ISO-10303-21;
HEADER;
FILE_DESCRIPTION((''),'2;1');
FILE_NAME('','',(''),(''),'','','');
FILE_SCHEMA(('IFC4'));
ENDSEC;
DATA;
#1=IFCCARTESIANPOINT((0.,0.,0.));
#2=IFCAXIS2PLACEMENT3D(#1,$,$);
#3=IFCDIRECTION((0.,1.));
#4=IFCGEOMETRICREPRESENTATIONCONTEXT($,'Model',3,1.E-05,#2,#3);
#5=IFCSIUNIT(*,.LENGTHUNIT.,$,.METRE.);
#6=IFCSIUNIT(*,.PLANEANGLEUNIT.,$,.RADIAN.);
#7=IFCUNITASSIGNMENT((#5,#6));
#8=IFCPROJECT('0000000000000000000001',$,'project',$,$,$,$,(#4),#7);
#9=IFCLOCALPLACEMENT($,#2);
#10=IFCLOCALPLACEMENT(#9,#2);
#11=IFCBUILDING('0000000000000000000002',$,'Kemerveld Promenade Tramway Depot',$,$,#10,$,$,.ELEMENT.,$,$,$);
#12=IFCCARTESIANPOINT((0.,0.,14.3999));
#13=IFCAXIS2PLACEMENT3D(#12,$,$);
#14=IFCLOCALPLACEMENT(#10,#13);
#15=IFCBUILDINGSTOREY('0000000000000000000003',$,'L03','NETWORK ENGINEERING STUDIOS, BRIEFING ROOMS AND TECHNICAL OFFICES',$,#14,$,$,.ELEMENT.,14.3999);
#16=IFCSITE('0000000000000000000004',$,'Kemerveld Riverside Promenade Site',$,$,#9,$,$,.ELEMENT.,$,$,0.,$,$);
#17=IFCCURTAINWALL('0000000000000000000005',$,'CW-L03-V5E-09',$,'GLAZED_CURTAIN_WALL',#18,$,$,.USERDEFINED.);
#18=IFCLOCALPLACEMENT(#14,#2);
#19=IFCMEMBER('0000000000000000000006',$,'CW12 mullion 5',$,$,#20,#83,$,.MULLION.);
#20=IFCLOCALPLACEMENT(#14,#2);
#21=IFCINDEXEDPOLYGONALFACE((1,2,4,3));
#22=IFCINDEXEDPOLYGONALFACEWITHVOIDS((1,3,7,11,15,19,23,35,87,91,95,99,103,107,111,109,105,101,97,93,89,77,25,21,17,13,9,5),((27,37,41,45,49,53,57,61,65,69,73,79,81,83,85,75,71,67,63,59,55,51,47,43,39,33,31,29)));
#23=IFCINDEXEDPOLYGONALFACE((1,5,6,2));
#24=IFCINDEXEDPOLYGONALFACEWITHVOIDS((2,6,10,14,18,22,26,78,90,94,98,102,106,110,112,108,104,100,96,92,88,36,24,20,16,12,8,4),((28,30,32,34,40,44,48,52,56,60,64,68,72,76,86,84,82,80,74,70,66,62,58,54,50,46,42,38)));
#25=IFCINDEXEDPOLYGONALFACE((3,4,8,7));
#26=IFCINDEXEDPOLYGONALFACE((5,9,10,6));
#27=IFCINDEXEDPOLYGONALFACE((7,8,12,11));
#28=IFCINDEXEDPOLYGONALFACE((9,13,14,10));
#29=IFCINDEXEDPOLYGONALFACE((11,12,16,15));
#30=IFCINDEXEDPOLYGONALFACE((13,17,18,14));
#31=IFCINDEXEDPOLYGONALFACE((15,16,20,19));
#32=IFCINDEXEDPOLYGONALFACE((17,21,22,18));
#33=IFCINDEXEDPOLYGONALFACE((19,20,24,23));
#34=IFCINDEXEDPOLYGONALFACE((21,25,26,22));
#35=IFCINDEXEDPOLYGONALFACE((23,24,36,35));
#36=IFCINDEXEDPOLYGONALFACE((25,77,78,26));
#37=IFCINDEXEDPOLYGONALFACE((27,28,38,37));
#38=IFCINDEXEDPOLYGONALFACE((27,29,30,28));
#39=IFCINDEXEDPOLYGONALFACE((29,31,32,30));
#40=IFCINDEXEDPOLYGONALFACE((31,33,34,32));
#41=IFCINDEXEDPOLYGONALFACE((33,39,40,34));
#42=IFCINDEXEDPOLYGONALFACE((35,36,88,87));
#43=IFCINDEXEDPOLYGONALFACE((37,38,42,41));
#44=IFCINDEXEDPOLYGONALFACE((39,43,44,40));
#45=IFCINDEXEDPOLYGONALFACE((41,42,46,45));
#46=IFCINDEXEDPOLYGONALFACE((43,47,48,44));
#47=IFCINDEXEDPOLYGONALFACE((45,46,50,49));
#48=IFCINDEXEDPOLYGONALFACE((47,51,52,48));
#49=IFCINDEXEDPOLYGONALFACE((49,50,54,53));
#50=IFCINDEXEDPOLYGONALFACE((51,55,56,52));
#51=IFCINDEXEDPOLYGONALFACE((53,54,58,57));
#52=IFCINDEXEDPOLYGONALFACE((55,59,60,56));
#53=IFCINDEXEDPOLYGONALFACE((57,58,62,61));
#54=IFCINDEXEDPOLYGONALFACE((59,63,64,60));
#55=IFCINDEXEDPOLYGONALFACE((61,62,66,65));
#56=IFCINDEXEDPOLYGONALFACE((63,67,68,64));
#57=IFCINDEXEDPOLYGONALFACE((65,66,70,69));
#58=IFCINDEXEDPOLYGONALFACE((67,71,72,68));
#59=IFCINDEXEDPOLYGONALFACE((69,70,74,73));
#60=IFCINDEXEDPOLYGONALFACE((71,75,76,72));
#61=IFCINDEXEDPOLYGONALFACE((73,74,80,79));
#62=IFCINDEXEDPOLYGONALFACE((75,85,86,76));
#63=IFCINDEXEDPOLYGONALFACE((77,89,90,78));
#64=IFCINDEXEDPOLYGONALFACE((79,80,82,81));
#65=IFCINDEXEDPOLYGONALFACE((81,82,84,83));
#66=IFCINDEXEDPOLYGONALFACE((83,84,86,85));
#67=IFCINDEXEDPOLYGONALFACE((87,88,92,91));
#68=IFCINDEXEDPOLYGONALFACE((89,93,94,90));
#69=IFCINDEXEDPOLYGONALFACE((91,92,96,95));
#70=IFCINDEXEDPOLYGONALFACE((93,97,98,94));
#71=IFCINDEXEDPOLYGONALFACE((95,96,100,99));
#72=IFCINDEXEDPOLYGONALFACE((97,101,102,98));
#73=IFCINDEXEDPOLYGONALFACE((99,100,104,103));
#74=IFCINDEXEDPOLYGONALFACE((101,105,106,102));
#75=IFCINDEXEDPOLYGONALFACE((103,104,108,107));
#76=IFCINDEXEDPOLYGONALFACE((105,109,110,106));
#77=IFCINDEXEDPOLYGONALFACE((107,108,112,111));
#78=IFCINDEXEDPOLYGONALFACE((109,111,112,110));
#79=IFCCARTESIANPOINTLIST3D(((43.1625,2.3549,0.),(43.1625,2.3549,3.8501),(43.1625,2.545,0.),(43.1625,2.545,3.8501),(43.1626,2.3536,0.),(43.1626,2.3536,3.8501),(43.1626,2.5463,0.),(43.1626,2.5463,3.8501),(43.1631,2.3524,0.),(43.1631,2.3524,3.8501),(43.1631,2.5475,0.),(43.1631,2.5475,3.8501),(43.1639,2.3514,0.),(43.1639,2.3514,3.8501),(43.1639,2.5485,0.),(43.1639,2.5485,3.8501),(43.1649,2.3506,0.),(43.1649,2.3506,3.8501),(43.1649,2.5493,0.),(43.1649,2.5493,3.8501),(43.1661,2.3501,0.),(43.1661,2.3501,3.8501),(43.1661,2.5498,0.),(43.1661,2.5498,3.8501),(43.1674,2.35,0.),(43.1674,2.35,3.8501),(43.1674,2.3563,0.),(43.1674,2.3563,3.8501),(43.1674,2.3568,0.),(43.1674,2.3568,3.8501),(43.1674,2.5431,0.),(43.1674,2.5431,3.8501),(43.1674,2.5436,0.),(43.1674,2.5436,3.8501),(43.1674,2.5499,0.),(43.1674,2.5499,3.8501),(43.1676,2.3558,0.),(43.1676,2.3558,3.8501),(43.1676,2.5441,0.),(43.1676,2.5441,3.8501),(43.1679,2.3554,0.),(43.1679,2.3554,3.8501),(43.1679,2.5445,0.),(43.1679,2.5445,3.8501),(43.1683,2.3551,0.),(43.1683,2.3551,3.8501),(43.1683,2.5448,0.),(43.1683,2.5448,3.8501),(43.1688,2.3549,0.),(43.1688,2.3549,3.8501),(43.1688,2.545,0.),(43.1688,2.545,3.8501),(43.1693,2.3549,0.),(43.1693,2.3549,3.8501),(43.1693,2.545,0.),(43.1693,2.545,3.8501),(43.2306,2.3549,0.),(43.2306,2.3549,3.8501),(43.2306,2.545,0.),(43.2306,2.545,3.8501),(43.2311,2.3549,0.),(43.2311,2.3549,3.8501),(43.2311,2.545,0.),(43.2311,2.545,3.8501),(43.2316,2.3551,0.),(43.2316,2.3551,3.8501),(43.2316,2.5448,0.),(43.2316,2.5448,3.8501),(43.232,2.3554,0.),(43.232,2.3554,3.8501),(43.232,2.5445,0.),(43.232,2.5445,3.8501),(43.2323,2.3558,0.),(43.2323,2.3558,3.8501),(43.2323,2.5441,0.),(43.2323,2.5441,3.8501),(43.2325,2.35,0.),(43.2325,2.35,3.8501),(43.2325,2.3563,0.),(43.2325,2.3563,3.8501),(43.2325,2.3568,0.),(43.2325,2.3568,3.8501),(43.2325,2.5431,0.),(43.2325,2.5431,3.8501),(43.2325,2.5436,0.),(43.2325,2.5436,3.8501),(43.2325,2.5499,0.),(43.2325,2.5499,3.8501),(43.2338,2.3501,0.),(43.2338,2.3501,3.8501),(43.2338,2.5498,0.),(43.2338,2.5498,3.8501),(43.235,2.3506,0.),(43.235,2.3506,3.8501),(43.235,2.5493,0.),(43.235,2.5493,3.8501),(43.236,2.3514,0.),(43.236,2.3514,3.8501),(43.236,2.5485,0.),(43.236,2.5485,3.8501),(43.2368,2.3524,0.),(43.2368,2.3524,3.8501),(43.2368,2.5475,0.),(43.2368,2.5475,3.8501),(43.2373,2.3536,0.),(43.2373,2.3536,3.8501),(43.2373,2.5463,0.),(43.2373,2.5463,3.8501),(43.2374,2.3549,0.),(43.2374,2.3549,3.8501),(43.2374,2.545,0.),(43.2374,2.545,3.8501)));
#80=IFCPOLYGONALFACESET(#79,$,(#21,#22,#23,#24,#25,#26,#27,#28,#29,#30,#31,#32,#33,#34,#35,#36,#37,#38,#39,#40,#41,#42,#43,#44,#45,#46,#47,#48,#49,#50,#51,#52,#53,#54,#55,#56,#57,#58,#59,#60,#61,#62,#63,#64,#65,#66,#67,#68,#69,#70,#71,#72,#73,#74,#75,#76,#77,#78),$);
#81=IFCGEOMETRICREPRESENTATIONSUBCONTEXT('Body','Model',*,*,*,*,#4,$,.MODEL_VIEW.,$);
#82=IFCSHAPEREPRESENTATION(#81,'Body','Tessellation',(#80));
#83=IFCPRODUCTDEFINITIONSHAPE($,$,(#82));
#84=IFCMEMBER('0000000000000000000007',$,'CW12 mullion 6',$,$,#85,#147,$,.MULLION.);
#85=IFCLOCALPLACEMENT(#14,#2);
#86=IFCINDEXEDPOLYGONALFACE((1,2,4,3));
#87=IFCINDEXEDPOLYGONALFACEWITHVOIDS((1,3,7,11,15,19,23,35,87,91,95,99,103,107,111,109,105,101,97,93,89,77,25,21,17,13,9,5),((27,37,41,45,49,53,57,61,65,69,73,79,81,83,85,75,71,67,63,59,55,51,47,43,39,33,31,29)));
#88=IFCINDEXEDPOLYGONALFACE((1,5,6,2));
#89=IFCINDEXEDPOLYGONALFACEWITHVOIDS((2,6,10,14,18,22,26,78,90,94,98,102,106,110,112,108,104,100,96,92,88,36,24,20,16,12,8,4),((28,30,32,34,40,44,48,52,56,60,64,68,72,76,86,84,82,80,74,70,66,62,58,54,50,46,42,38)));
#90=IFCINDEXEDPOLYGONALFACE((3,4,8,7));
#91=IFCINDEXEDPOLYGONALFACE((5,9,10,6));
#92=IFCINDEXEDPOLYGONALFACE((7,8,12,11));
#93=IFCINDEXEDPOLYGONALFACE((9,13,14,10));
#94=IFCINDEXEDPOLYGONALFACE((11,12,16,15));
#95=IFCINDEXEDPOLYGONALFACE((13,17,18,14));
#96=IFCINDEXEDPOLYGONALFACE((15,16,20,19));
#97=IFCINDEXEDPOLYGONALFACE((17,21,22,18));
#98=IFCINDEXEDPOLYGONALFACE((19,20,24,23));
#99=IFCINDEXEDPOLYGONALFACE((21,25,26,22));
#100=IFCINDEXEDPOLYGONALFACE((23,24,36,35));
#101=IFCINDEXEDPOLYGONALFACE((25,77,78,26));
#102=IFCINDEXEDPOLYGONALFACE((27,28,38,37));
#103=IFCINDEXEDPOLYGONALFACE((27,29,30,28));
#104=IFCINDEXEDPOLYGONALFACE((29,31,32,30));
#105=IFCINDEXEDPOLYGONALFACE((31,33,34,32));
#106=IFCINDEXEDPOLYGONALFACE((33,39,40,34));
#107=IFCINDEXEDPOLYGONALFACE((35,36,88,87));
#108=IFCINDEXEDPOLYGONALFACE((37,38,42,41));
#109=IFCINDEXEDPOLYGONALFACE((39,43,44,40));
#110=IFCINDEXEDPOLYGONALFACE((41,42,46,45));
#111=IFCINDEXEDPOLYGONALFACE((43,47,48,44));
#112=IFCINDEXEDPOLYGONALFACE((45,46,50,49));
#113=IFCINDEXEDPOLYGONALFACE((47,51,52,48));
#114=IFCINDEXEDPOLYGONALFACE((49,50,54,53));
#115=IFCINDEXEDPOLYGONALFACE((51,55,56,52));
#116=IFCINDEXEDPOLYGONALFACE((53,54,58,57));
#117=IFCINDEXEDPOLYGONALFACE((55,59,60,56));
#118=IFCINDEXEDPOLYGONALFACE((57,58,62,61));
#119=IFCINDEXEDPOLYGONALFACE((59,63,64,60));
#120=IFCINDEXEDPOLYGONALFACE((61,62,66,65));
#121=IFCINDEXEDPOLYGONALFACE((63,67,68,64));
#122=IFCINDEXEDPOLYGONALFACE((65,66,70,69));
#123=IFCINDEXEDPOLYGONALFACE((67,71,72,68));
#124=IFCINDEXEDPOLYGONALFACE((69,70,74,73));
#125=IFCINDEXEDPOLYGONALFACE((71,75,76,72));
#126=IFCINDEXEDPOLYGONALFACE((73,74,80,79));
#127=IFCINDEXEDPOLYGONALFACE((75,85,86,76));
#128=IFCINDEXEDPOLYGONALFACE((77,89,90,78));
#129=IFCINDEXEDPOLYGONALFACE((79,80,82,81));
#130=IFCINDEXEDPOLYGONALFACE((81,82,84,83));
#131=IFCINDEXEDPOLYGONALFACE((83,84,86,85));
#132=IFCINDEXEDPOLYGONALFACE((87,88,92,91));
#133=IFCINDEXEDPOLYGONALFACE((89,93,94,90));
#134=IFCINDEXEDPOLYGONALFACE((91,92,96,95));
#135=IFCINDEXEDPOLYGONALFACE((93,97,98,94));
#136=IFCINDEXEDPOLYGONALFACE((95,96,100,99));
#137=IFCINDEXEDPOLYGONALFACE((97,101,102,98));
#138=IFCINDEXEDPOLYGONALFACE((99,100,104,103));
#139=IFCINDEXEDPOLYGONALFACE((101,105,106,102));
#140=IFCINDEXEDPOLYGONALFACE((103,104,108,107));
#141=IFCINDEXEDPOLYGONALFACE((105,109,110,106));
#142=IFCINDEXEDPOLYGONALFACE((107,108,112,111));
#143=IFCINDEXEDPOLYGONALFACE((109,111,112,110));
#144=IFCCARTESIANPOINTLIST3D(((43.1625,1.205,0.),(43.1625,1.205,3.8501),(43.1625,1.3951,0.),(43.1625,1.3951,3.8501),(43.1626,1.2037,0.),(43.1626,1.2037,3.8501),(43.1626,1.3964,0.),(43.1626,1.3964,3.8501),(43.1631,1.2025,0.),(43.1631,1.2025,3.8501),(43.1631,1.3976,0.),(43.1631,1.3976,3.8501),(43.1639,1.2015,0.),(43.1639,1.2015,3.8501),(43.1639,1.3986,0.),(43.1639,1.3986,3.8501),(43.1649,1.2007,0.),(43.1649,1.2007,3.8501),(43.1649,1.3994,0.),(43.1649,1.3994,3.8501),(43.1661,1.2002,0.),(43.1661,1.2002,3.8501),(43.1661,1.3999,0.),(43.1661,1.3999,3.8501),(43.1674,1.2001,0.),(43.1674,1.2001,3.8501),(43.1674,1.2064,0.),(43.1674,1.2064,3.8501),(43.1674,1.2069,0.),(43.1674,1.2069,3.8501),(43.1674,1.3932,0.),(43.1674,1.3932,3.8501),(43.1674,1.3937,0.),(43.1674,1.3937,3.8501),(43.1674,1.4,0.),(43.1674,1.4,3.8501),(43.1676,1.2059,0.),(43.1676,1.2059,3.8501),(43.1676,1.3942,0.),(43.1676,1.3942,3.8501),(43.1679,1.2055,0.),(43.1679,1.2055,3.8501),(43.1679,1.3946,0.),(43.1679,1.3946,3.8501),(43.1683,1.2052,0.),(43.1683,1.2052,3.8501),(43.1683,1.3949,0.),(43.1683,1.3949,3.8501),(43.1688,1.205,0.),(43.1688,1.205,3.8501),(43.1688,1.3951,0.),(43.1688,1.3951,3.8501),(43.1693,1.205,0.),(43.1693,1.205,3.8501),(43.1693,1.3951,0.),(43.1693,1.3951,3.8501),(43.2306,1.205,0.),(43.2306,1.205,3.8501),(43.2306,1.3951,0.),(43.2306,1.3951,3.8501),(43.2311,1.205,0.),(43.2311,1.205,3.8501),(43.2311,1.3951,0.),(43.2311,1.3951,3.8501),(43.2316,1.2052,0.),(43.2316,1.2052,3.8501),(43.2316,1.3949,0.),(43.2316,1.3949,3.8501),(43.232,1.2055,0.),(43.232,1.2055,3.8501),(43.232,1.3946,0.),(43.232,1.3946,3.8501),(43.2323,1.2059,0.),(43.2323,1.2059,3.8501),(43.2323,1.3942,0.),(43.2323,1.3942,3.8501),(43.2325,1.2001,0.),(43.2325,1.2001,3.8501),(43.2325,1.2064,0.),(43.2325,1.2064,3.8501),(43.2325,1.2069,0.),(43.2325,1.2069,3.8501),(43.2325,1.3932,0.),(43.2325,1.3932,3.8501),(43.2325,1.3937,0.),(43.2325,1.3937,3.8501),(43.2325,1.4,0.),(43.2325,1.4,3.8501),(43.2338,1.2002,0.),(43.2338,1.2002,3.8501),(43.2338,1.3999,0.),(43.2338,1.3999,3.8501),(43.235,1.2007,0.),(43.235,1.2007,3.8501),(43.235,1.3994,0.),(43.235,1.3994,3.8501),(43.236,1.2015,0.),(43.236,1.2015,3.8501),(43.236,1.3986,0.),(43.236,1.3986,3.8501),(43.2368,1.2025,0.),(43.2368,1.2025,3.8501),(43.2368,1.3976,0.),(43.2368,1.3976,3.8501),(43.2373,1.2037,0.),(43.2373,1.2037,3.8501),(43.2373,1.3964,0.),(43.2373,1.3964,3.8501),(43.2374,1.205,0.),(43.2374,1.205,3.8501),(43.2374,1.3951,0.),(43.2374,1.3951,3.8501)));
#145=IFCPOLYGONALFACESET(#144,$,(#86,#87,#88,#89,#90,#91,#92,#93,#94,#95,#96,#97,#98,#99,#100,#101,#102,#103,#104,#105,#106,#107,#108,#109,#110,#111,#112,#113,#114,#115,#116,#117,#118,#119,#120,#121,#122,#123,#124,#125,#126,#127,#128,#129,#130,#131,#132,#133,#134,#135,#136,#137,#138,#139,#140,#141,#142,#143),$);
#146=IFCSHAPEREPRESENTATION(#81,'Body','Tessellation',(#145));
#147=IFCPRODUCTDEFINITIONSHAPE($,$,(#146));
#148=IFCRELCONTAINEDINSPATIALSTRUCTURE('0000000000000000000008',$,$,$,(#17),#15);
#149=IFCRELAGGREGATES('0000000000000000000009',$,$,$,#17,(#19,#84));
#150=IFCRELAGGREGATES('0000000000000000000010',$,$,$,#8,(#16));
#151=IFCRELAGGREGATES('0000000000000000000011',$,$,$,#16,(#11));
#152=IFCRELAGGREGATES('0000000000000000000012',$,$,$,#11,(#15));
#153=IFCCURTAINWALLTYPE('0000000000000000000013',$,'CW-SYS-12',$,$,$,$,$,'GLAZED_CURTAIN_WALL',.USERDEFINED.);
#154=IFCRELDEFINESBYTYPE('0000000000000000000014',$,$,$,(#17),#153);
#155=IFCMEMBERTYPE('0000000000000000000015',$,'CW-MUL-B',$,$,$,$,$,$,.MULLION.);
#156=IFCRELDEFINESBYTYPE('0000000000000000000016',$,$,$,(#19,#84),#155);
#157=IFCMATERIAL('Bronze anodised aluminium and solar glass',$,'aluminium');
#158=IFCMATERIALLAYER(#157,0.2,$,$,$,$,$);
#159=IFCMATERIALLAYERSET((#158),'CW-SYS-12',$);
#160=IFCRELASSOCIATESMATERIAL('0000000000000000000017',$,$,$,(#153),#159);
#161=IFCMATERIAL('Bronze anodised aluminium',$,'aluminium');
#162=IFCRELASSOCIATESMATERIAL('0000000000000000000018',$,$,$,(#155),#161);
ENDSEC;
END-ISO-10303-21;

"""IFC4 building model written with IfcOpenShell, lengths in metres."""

from ifc_helpers import new_model, si_unit, direction, frame, origin, origin_2d, place, context, subcontext, project, spatial, hollow_rectangle, extrude, material, layer, layer_set, material_profile, profile_set, type_object, element, aggregate, save


model = new_model("IFC4")

# Units and contexts
model_context = context("Model", 3, precision=1e-05, world=origin(), true_north=direction((0.0, 1.0)))
body_context = subcontext(model_context, "Body", "Model", "MODEL_VIEW")
ifc_project = project(units=[si_unit("LENGTHUNIT", "METRE"), si_unit("PLANEANGLEUNIT", "RADIAN")], contexts=[model_context])

# Site, building, storey
site_placement = place(None, origin())
site = spatial("IfcSite", under=ifc_project, at=site_placement, Name="Kemerveld Riverside Promenade Site", CompositionType="ELEMENT", RefElevation=0.0)
building_placement = place(site_placement, origin())
building = spatial("IfcBuilding", under=site, at=building_placement, Name="Kemerveld Promenade Tramway Depot", CompositionType="ELEMENT")
storey_placement = place(building_placement, frame((0.0, 0.0, 14.3999)))
storey = spatial("IfcBuildingStorey", under=building, at=storey_placement, Name="L03", Description="NETWORK ENGINEERING STUDIOS, BRIEFING ROOMS AND TECHNICAL OFFICES", CompositionType="ELEMENT", Elevation=14.3999)

# Curtain wall, members
ifc_material_1 = material(Name="Bronze anodised aluminium and solar glass", Category="aluminium")
ifc_layer_1 = layer(ifc_material_1, 0.2)
ifc_layer_set_1 = layer_set([ifc_layer_1], Name="CW-SYS-12")
curtain_wall_type = type_object("IfcCurtainWallType", Name="CW-SYS-12", ElementType="GLAZED_CURTAIN_WALL", PredefinedType="USERDEFINED", material=ifc_layer_set_1)
curtain_wall_placement = place(storey_placement, origin())
curtain_wall = element("IfcCurtainWall", 1, at=curtain_wall_placement, inside=storey, type_object=curtain_wall_type, Name="CW-L03-V5E-09", ObjectType="GLAZED_CURTAIN_WALL", PredefinedType="USERDEFINED")
ifc_material_2 = material(Name="Bronze anodised aluminium", Category="aluminium")
ifc_material_profile_1 = material_profile(ifc_material_2, hollow_rectangle(XDim=0.075, YDim=0.2, WallThickness=0.0049, InnerFilletRadius=0.002, OuterFilletRadius=0.0049, at=origin_2d()), Name="CW-MUL-200x75")
ifc_profile_set_1 = profile_set([ifc_material_profile_1], Name="Bronze anodised aluminium")
member_type_1 = type_object("IfcMemberType", Name="CW-MUL-B", PredefinedType="MULLION", material=ifc_profile_set_1)
member_1_placement = place(storey_placement, frame((43.2, 2.45, 0.0), z_axis=(0.0, 0.0, 1.0), x_axis=(1.0, 0.0, 0.0)))
member_1 = element("IfcMember", 2, at=member_1_placement, type_object=member_type_1, Name="CW12 mullion 5", PredefinedType="MULLION", context=body_context, shape_type="SweptSolid", body=[
    extrude(hollow_rectangle(XDim=0.075, YDim=0.2, WallThickness=0.0049, InnerFilletRadius=0.002, OuterFilletRadius=0.0049, at=origin_2d()), origin(), (0.0, 0.0, 1.0), 3.8501),
])
member_2_placement = place(storey_placement, frame((43.2, 1.3, 0.0), z_axis=(0.0, 0.0, 1.0), x_axis=(1.0, 0.0, 0.0)))
member_2 = element("IfcMember", 3, at=member_2_placement, type_object=member_type_1, Name="CW12 mullion 6", PredefinedType="MULLION", context=body_context, shape_type="SweptSolid", body=[
    extrude(hollow_rectangle(XDim=0.075, YDim=0.2, WallThickness=0.0049, InnerFilletRadius=0.002, OuterFilletRadius=0.0049, at=origin_2d()), origin(), (0.0, 0.0, 1.0), 3.8501),
])
aggregate(curtain_wall, [member_1, member_2])

save(model, "model.ifc")
